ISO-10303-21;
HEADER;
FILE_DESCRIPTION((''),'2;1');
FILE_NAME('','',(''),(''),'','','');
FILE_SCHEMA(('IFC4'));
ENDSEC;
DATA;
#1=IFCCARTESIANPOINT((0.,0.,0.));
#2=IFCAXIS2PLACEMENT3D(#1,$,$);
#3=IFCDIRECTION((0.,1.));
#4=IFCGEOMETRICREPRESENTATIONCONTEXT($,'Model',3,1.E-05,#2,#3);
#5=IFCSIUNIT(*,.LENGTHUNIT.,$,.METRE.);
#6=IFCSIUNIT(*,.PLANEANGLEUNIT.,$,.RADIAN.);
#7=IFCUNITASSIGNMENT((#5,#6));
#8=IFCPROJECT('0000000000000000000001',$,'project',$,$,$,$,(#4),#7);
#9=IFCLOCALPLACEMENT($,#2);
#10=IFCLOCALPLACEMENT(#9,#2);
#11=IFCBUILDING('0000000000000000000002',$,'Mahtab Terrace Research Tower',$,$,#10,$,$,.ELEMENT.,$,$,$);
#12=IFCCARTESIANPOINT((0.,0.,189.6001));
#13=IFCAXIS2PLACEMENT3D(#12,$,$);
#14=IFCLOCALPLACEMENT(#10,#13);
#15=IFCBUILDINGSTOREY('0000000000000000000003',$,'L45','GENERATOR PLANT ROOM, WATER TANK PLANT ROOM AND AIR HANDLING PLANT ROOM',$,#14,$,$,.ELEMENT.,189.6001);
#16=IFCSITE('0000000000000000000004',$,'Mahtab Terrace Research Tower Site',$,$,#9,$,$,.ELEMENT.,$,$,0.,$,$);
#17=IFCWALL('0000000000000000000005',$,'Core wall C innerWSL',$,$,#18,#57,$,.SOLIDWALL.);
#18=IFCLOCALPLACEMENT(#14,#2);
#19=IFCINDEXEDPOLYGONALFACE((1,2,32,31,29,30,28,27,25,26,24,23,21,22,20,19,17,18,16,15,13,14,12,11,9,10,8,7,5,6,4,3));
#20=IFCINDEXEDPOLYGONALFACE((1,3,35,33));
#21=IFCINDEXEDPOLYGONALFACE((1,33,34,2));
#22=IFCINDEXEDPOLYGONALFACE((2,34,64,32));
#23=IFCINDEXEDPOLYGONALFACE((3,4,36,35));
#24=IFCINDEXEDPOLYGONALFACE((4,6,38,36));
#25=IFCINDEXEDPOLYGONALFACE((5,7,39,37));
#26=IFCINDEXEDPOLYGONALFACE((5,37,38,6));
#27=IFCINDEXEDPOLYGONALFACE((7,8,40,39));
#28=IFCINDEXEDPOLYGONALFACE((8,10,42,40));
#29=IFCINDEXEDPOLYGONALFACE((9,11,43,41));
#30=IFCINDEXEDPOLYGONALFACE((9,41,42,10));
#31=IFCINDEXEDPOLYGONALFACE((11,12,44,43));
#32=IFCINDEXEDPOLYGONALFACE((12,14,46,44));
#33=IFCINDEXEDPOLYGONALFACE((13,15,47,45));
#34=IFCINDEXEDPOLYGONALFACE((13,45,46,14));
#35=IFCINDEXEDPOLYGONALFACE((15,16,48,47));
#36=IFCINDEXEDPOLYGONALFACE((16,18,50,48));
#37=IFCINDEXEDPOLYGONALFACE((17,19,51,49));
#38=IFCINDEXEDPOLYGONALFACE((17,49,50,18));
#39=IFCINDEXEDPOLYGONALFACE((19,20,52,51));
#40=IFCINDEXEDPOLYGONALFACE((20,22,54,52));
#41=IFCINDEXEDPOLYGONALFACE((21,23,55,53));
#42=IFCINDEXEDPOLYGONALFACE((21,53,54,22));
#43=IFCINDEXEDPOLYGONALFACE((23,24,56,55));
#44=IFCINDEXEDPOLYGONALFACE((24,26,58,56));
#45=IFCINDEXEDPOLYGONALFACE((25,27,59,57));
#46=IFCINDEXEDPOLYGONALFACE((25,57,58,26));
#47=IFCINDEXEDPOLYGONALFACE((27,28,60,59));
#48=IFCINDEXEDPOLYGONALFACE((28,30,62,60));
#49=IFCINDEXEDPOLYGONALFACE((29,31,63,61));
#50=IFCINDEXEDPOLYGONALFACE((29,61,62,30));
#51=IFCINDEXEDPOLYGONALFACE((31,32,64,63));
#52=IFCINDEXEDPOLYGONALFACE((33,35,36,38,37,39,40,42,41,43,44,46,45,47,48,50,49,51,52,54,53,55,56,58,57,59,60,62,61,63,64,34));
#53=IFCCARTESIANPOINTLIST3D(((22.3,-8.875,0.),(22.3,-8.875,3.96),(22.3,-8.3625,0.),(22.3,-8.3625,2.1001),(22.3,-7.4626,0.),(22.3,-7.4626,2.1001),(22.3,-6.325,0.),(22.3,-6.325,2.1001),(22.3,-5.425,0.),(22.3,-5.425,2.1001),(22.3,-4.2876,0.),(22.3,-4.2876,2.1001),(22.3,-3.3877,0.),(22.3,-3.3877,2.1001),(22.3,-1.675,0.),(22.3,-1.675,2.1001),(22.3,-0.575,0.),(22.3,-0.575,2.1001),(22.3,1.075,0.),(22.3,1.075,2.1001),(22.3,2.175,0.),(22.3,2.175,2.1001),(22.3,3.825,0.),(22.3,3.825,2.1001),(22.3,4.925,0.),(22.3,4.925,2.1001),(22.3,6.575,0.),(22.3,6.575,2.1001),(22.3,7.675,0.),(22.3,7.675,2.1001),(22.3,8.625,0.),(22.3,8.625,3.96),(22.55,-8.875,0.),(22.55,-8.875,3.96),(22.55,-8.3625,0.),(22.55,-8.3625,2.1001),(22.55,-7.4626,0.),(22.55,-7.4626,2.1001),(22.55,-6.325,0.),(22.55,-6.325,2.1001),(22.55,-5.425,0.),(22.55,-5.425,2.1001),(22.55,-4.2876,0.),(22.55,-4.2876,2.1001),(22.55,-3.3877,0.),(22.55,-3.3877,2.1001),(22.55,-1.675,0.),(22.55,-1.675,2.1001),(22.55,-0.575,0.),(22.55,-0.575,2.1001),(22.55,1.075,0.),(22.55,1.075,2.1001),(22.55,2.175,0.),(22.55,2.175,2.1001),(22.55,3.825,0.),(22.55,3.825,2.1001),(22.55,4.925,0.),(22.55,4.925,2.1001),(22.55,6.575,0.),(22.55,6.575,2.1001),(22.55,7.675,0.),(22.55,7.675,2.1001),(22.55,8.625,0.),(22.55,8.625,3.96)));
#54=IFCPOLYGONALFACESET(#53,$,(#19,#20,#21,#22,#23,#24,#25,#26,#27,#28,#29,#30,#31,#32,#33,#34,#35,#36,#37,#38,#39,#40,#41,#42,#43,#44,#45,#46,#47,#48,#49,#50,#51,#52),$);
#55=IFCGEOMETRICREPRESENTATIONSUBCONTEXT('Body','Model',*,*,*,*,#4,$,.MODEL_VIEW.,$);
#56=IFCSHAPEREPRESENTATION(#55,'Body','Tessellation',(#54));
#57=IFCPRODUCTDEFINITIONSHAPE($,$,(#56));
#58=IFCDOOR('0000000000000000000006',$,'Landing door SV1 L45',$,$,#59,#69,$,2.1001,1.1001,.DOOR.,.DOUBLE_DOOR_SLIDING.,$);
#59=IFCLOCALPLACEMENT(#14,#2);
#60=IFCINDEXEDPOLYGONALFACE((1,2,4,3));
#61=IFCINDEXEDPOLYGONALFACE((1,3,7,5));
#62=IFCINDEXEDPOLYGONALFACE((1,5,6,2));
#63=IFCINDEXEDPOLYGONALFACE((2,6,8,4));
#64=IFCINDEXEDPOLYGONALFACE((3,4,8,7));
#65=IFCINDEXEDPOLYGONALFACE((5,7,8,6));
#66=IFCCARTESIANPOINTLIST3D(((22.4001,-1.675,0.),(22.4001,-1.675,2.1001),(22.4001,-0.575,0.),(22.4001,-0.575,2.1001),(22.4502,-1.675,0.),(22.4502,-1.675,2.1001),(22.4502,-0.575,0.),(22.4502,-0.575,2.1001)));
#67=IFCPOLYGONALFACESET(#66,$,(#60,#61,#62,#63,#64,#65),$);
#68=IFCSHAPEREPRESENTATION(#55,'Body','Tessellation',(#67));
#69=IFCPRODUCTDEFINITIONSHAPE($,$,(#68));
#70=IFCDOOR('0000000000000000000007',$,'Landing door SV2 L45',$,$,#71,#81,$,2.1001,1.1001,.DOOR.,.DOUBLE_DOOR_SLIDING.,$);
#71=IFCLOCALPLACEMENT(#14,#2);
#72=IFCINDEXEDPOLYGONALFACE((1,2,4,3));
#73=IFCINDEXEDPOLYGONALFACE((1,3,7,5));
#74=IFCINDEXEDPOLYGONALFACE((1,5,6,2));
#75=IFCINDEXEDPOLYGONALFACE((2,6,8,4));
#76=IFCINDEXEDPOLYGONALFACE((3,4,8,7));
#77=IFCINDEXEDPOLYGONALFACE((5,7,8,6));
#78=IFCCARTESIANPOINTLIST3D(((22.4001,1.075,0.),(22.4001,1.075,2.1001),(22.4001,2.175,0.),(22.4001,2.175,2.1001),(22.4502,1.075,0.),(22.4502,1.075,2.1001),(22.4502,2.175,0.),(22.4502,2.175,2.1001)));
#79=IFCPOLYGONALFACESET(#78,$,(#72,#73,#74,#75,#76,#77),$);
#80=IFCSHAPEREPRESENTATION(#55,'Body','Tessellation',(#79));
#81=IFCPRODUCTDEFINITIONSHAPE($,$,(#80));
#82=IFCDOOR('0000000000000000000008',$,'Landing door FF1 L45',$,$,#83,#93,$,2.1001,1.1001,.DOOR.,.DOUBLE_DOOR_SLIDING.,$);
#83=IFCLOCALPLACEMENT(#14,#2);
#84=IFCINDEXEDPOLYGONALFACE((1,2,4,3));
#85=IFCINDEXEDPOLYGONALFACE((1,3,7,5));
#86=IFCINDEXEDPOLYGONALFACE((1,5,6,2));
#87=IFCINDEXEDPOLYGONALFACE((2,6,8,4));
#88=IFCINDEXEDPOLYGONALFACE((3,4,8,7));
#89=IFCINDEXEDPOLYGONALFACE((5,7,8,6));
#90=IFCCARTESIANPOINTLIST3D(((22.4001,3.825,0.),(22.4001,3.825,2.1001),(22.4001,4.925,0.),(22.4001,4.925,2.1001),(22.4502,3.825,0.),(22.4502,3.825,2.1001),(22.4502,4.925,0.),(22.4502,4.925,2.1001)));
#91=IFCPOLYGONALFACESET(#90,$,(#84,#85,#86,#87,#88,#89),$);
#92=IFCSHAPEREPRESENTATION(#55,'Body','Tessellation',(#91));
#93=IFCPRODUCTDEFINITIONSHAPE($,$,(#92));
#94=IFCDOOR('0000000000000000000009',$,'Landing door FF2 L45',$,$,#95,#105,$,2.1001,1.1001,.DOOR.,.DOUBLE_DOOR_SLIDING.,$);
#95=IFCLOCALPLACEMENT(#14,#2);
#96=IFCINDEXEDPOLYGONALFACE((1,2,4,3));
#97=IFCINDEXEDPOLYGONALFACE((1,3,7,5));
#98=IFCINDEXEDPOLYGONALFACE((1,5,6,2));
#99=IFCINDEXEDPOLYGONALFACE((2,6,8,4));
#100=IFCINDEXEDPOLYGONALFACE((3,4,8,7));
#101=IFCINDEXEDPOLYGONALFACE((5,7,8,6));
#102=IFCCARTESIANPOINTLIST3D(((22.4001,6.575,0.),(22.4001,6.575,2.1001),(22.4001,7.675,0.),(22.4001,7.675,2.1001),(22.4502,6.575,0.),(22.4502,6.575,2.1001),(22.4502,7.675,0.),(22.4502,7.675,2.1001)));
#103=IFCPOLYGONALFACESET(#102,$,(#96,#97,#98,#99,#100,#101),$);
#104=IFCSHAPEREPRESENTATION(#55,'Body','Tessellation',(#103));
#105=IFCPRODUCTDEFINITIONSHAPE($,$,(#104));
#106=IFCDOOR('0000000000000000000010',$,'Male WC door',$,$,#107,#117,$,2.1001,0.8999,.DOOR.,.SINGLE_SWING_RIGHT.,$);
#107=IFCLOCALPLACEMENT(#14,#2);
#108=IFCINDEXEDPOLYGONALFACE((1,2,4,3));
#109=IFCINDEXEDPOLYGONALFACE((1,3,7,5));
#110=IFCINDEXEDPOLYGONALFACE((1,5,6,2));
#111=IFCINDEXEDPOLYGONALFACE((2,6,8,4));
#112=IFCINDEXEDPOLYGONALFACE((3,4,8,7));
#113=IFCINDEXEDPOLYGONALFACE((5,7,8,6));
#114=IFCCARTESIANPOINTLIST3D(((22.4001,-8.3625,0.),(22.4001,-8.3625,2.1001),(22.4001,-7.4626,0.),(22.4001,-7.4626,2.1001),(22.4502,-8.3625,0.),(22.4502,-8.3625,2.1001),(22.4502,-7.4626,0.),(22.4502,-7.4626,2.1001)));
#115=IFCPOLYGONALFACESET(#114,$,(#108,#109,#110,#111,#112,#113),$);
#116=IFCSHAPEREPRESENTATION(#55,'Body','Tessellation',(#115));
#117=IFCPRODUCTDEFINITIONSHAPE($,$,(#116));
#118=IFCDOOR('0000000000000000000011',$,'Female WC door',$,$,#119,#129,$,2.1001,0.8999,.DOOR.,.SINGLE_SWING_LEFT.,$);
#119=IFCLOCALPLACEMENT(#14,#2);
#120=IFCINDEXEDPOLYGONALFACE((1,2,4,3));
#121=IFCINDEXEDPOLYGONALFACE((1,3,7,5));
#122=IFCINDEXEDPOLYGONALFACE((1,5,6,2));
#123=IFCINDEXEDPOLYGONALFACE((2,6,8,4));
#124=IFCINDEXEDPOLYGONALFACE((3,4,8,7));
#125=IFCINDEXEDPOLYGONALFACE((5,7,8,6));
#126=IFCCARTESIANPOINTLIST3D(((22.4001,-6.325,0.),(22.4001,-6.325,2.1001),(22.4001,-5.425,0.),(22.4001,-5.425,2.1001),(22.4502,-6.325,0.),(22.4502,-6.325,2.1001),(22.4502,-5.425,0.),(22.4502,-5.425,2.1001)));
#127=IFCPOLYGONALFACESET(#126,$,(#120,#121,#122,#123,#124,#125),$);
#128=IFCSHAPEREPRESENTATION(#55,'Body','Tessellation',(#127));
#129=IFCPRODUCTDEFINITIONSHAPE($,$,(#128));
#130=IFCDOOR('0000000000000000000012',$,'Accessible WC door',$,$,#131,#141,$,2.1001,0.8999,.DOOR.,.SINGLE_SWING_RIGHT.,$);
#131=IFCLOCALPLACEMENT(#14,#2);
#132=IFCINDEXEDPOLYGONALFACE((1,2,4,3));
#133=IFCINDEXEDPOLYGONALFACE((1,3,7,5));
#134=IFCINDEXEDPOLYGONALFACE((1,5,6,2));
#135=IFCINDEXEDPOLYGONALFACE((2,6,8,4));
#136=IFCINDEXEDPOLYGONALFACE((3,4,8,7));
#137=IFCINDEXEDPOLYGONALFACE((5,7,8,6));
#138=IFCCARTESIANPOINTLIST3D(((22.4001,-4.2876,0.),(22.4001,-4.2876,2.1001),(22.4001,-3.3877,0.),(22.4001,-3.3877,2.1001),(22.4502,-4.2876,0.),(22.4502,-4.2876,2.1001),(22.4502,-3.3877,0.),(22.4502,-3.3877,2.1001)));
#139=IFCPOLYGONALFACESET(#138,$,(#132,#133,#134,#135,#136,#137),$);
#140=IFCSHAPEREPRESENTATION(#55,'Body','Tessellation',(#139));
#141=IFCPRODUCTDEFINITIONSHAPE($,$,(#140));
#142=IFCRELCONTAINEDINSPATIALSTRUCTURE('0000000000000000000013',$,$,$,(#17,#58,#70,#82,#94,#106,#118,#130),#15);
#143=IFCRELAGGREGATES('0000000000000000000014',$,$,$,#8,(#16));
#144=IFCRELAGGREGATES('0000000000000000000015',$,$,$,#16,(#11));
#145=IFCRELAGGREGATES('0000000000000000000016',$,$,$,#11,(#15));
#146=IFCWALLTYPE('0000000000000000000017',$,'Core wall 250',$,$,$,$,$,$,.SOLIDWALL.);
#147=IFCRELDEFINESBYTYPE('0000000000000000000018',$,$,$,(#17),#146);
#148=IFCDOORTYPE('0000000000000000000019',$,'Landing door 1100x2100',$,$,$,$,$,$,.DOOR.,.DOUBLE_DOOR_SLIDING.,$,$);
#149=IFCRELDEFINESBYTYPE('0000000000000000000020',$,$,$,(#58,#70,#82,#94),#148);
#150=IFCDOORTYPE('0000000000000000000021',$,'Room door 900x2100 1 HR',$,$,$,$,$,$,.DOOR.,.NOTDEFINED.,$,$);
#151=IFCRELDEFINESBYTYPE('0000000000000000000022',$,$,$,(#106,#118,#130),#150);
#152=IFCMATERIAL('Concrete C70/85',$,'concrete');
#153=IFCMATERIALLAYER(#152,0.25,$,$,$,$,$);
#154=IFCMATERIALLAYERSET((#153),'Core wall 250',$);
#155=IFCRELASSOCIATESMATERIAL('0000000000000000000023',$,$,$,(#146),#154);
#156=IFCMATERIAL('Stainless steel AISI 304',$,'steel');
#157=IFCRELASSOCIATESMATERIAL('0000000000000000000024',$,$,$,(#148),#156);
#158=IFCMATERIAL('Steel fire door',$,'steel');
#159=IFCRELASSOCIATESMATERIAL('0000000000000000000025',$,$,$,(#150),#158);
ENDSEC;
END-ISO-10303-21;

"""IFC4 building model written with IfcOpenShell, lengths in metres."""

from ifc_helpers import new_model, si_unit, direction, frame, frame_2d, origin, place, context, subcontext, project, spatial, rectangle, extrude, material, layer, layer_set, type_object, element, fill, save


model = new_model("IFC4")

# Units and contexts
model_context = context("Model", 3, precision=1e-05, world=origin(), true_north=direction((0.0, 1.0)))
body_context = subcontext(model_context, "Body", "Model", "MODEL_VIEW")
ifc_project = project(units=[si_unit("LENGTHUNIT", "METRE"), si_unit("PLANEANGLEUNIT", "RADIAN")], contexts=[model_context])

# Site, building, storey
site_placement = place(None, origin())
site = spatial("IfcSite", under=ifc_project, at=site_placement, Name="Mahtab Terrace Research Tower Site", CompositionType="ELEMENT", RefElevation=0.0)
building_placement = place(site_placement, origin())
building = spatial("IfcBuilding", under=site, at=building_placement, Name="Mahtab Terrace Research Tower", CompositionType="ELEMENT")
storey_placement = place(building_placement, frame((0.0, 0.0, 189.6001)))
storey = spatial("IfcBuildingStorey", under=building, at=storey_placement, Name="L45", Description="GENERATOR PLANT ROOM, WATER TANK PLANT ROOM AND AIR HANDLING PLANT ROOM", CompositionType="ELEMENT", Elevation=189.6001)

# Shared definitions
ifc_material_1 = material(Name="Concrete C70/85", Category="concrete")

# Wall, openings, doors
ifc_layer_1 = layer(ifc_material_1, 0.25)
ifc_layer_set_1 = layer_set([ifc_layer_1], Name="Core wall 250")
wall_type_1 = type_object("IfcWallType", Name="Core wall 250", PredefinedType="SOLIDWALL", material=ifc_layer_set_1)
wall_1_placement = place(storey_placement, frame((22.425, -8.875, 0.0), z_axis=(0.0, 0.0, 1.0), x_axis=(0.0, 1.0, 0.0)))
wall_1 = element("IfcWall", 1, at=wall_1_placement, inside=storey, type_object=wall_type_1, Name="Core wall C innerWSL", PredefinedType="SOLIDWALL", context=body_context, shape_type="SweptSolid", body=[
    extrude(rectangle(XDim=17.5, YDim=0.25, at=frame_2d((8.75, 0.0))), origin(), (0.0, 0.0, 1.0), 3.96),
])
opening_1_placement = place(wall_1_placement, frame((7.2, 0.0, 0.0)))
opening_1 = element("IfcOpeningElement", 2, at=opening_1_placement, cuts=wall_1, PredefinedType="OPENING", context=body_context, shape_type="SweptSolid", body=[
    extrude(rectangle(XDim=1.1001, YDim=2.1001, at=frame_2d((0.55, 1.05))), frame((0.0, 0.135, 0.0), z_axis=(0.0, -1.0, 0.0), x_axis=(1.0, 0.0, 0.0)), (0.0, 0.0, 1.0), 0.27),
])
opening_2_placement = place(wall_1_placement, frame((9.95, 0.0, 0.0)))
opening_2 = element("IfcOpeningElement", 3, at=opening_2_placement, cuts=wall_1, PredefinedType="OPENING", context=body_context, shape_type="SweptSolid", body=[
    extrude(rectangle(XDim=1.1001, YDim=2.1001, at=frame_2d((0.55, 1.05))), frame((0.0, 0.135, 0.0), z_axis=(0.0, -1.0, 0.0), x_axis=(1.0, 0.0, 0.0)), (0.0, 0.0, 1.0), 0.27),
])
opening_3_placement = place(wall_1_placement, frame((12.7, 0.0, 0.0)))
opening_3 = element("IfcOpeningElement", 4, at=opening_3_placement, cuts=wall_1, PredefinedType="OPENING", context=body_context, shape_type="SweptSolid", body=[
    extrude(rectangle(XDim=1.1001, YDim=2.1001, at=frame_2d((0.55, 1.05))), frame((0.0, 0.135, 0.0), z_axis=(0.0, -1.0, 0.0), x_axis=(1.0, 0.0, 0.0)), (0.0, 0.0, 1.0), 0.27),
])
opening_4_placement = place(wall_1_placement, frame((15.45, 0.0, 0.0)))
opening_4 = element("IfcOpeningElement", 5, at=opening_4_placement, cuts=wall_1, PredefinedType="OPENING", context=body_context, shape_type="SweptSolid", body=[
    extrude(rectangle(XDim=1.1001, YDim=2.1001, at=frame_2d((0.55, 1.05))), frame((0.0, 0.135, 0.0), z_axis=(0.0, -1.0, 0.0), x_axis=(1.0, 0.0, 0.0)), (0.0, 0.0, 1.0), 0.27),
])
opening_5_placement = place(wall_1_placement, frame((0.5125, 0.0, 0.0)))
opening_5 = element("IfcOpeningElement", 6, at=opening_5_placement, cuts=wall_1, PredefinedType="OPENING", context=body_context, shape_type="SweptSolid", body=[
    extrude(rectangle(XDim=0.8999, YDim=2.1001, at=frame_2d((0.45, 1.05))), frame((0.0, 0.135, 0.0), z_axis=(0.0, -1.0, 0.0), x_axis=(1.0, 0.0, 0.0)), (0.0, 0.0, 1.0), 0.27),
])
opening_6_placement = place(wall_1_placement, frame((2.55, 0.0, 0.0)))
opening_6 = element("IfcOpeningElement", 7, at=opening_6_placement, cuts=wall_1, PredefinedType="OPENING", context=body_context, shape_type="SweptSolid", body=[
    extrude(rectangle(XDim=0.8999, YDim=2.1001, at=frame_2d((0.45, 1.05))), frame((0.0, 0.135, 0.0), z_axis=(0.0, -1.0, 0.0), x_axis=(1.0, 0.0, 0.0)), (0.0, 0.0, 1.0), 0.27),
])
opening_7_placement = place(wall_1_placement, frame((4.5874, 0.0, 0.0)))
opening_7 = element("IfcOpeningElement", 8, at=opening_7_placement, cuts=wall_1, PredefinedType="OPENING", context=body_context, shape_type="SweptSolid", body=[
    extrude(rectangle(XDim=0.8999, YDim=2.1001, at=frame_2d((0.45, 1.05))), frame((0.0, 0.135, 0.0), z_axis=(0.0, -1.0, 0.0), x_axis=(1.0, 0.0, 0.0)), (0.0, 0.0, 1.0), 0.27),
])
ifc_material_2 = material(Name="Stainless steel AISI 304", Category="steel")
door_type_1 = type_object("IfcDoorType", Name="Landing door 1100x2100", OperationType="DOUBLE_DOOR_SLIDING", PredefinedType="DOOR", material=ifc_material_2)
door_1_placement = place(opening_1_placement, origin())
door_1 = element("IfcDoor", 9, at=door_1_placement, inside=storey, type_object=door_type_1, Name="Landing door SV1 L45", OperationType="DOUBLE_DOOR_SLIDING", OverallHeight=2.1001, OverallWidth=1.1001, PredefinedType="DOOR", context=body_context, shape_type="SweptSolid", body=[
    extrude(rectangle(XDim=1.1001, YDim=2.1001, at=frame_2d((0.55, 1.05))), frame((0.0, 0.0249, 0.0), z_axis=(0.0, -1.0, 0.0), x_axis=(1.0, 0.0, 0.0)), (0.0, 0.0, 1.0), 0.05),
])
fill(opening_1, door_1)
door_2_placement = place(opening_2_placement, origin())
door_2 = element("IfcDoor", 10, at=door_2_placement, inside=storey, type_object=door_type_1, Name="Landing door SV2 L45", OperationType="DOUBLE_DOOR_SLIDING", OverallHeight=2.1001, OverallWidth=1.1001, PredefinedType="DOOR", context=body_context, shape_type="SweptSolid", body=[
    extrude(rectangle(XDim=1.1001, YDim=2.1001, at=frame_2d((0.55, 1.05))), frame((0.0, 0.0249, 0.0), z_axis=(0.0, -1.0, 0.0), x_axis=(1.0, 0.0, 0.0)), (0.0, 0.0, 1.0), 0.05),
])
fill(opening_2, door_2)
door_3_placement = place(opening_3_placement, origin())
door_3 = element("IfcDoor", 11, at=door_3_placement, inside=storey, type_object=door_type_1, Name="Landing door FF1 L45", OperationType="DOUBLE_DOOR_SLIDING", OverallHeight=2.1001, OverallWidth=1.1001, PredefinedType="DOOR", context=body_context, shape_type="SweptSolid", body=[
    extrude(rectangle(XDim=1.1001, YDim=2.1001, at=frame_2d((0.55, 1.05))), frame((0.0, 0.0249, 0.0), z_axis=(0.0, -1.0, 0.0), x_axis=(1.0, 0.0, 0.0)), (0.0, 0.0, 1.0), 0.05),
])
fill(opening_3, door_3)
door_4_placement = place(opening_4_placement, origin())
door_4 = element("IfcDoor", 12, at=door_4_placement, inside=storey, type_object=door_type_1, Name="Landing door FF2 L45", OperationType="DOUBLE_DOOR_SLIDING", OverallHeight=2.1001, OverallWidth=1.1001, PredefinedType="DOOR", context=body_context, shape_type="SweptSolid", body=[
    extrude(rectangle(XDim=1.1001, YDim=2.1001, at=frame_2d((0.55, 1.05))), frame((0.0, 0.0249, 0.0), z_axis=(0.0, -1.0, 0.0), x_axis=(1.0, 0.0, 0.0)), (0.0, 0.0, 1.0), 0.05),
])
fill(opening_4, door_4)
ifc_material_3 = material(Name="Steel fire door", Category="steel")
door_type_2 = type_object("IfcDoorType", Name="Room door 900x2100 1 HR", OperationType="NOTDEFINED", PredefinedType="DOOR", material=ifc_material_3)
door_5_placement = place(opening_5_placement, origin())
door_5 = element("IfcDoor", 13, at=door_5_placement, inside=storey, type_object=door_type_2, Name="Male WC door", OperationType="SINGLE_SWING_RIGHT", OverallHeight=2.1001, OverallWidth=0.8999, PredefinedType="DOOR", context=body_context, shape_type="SweptSolid", body=[
    extrude(rectangle(XDim=0.8999, YDim=2.1001, at=frame_2d((0.45, 1.05))), frame((0.0, 0.0249, 0.0), z_axis=(0.0, -1.0, 0.0), x_axis=(1.0, 0.0, 0.0)), (0.0, 0.0, 1.0), 0.05),
])
fill(opening_5, door_5)
door_6_placement = place(opening_6_placement, origin())
door_6 = element("IfcDoor", 14, at=door_6_placement, inside=storey, type_object=door_type_2, Name="Female WC door", OperationType="SINGLE_SWING_LEFT", OverallHeight=2.1001, OverallWidth=0.8999, PredefinedType="DOOR", context=body_context, shape_type="SweptSolid", body=[
    extrude(rectangle(XDim=0.8999, YDim=2.1001, at=frame_2d((0.45, 1.05))), frame((0.0, 0.0249, 0.0), z_axis=(0.0, -1.0, 0.0), x_axis=(1.0, 0.0, 0.0)), (0.0, 0.0, 1.0), 0.05),
])
fill(opening_6, door_6)
door_7_placement = place(opening_7_placement, origin())
door_7 = element("IfcDoor", 15, at=door_7_placement, inside=storey, type_object=door_type_2, Name="Accessible WC door", OperationType="SINGLE_SWING_RIGHT", OverallHeight=2.1001, OverallWidth=0.8999, PredefinedType="DOOR", context=body_context, shape_type="SweptSolid", body=[
    extrude(rectangle(XDim=0.8999, YDim=2.1001, at=frame_2d((0.45, 1.05))), frame((0.0, 0.0249, 0.0), z_axis=(0.0, -1.0, 0.0), x_axis=(1.0, 0.0, 0.0)), (0.0, 0.0, 1.0), 0.05),
])
fill(opening_7, door_7)

save(model, "model.ifc")
